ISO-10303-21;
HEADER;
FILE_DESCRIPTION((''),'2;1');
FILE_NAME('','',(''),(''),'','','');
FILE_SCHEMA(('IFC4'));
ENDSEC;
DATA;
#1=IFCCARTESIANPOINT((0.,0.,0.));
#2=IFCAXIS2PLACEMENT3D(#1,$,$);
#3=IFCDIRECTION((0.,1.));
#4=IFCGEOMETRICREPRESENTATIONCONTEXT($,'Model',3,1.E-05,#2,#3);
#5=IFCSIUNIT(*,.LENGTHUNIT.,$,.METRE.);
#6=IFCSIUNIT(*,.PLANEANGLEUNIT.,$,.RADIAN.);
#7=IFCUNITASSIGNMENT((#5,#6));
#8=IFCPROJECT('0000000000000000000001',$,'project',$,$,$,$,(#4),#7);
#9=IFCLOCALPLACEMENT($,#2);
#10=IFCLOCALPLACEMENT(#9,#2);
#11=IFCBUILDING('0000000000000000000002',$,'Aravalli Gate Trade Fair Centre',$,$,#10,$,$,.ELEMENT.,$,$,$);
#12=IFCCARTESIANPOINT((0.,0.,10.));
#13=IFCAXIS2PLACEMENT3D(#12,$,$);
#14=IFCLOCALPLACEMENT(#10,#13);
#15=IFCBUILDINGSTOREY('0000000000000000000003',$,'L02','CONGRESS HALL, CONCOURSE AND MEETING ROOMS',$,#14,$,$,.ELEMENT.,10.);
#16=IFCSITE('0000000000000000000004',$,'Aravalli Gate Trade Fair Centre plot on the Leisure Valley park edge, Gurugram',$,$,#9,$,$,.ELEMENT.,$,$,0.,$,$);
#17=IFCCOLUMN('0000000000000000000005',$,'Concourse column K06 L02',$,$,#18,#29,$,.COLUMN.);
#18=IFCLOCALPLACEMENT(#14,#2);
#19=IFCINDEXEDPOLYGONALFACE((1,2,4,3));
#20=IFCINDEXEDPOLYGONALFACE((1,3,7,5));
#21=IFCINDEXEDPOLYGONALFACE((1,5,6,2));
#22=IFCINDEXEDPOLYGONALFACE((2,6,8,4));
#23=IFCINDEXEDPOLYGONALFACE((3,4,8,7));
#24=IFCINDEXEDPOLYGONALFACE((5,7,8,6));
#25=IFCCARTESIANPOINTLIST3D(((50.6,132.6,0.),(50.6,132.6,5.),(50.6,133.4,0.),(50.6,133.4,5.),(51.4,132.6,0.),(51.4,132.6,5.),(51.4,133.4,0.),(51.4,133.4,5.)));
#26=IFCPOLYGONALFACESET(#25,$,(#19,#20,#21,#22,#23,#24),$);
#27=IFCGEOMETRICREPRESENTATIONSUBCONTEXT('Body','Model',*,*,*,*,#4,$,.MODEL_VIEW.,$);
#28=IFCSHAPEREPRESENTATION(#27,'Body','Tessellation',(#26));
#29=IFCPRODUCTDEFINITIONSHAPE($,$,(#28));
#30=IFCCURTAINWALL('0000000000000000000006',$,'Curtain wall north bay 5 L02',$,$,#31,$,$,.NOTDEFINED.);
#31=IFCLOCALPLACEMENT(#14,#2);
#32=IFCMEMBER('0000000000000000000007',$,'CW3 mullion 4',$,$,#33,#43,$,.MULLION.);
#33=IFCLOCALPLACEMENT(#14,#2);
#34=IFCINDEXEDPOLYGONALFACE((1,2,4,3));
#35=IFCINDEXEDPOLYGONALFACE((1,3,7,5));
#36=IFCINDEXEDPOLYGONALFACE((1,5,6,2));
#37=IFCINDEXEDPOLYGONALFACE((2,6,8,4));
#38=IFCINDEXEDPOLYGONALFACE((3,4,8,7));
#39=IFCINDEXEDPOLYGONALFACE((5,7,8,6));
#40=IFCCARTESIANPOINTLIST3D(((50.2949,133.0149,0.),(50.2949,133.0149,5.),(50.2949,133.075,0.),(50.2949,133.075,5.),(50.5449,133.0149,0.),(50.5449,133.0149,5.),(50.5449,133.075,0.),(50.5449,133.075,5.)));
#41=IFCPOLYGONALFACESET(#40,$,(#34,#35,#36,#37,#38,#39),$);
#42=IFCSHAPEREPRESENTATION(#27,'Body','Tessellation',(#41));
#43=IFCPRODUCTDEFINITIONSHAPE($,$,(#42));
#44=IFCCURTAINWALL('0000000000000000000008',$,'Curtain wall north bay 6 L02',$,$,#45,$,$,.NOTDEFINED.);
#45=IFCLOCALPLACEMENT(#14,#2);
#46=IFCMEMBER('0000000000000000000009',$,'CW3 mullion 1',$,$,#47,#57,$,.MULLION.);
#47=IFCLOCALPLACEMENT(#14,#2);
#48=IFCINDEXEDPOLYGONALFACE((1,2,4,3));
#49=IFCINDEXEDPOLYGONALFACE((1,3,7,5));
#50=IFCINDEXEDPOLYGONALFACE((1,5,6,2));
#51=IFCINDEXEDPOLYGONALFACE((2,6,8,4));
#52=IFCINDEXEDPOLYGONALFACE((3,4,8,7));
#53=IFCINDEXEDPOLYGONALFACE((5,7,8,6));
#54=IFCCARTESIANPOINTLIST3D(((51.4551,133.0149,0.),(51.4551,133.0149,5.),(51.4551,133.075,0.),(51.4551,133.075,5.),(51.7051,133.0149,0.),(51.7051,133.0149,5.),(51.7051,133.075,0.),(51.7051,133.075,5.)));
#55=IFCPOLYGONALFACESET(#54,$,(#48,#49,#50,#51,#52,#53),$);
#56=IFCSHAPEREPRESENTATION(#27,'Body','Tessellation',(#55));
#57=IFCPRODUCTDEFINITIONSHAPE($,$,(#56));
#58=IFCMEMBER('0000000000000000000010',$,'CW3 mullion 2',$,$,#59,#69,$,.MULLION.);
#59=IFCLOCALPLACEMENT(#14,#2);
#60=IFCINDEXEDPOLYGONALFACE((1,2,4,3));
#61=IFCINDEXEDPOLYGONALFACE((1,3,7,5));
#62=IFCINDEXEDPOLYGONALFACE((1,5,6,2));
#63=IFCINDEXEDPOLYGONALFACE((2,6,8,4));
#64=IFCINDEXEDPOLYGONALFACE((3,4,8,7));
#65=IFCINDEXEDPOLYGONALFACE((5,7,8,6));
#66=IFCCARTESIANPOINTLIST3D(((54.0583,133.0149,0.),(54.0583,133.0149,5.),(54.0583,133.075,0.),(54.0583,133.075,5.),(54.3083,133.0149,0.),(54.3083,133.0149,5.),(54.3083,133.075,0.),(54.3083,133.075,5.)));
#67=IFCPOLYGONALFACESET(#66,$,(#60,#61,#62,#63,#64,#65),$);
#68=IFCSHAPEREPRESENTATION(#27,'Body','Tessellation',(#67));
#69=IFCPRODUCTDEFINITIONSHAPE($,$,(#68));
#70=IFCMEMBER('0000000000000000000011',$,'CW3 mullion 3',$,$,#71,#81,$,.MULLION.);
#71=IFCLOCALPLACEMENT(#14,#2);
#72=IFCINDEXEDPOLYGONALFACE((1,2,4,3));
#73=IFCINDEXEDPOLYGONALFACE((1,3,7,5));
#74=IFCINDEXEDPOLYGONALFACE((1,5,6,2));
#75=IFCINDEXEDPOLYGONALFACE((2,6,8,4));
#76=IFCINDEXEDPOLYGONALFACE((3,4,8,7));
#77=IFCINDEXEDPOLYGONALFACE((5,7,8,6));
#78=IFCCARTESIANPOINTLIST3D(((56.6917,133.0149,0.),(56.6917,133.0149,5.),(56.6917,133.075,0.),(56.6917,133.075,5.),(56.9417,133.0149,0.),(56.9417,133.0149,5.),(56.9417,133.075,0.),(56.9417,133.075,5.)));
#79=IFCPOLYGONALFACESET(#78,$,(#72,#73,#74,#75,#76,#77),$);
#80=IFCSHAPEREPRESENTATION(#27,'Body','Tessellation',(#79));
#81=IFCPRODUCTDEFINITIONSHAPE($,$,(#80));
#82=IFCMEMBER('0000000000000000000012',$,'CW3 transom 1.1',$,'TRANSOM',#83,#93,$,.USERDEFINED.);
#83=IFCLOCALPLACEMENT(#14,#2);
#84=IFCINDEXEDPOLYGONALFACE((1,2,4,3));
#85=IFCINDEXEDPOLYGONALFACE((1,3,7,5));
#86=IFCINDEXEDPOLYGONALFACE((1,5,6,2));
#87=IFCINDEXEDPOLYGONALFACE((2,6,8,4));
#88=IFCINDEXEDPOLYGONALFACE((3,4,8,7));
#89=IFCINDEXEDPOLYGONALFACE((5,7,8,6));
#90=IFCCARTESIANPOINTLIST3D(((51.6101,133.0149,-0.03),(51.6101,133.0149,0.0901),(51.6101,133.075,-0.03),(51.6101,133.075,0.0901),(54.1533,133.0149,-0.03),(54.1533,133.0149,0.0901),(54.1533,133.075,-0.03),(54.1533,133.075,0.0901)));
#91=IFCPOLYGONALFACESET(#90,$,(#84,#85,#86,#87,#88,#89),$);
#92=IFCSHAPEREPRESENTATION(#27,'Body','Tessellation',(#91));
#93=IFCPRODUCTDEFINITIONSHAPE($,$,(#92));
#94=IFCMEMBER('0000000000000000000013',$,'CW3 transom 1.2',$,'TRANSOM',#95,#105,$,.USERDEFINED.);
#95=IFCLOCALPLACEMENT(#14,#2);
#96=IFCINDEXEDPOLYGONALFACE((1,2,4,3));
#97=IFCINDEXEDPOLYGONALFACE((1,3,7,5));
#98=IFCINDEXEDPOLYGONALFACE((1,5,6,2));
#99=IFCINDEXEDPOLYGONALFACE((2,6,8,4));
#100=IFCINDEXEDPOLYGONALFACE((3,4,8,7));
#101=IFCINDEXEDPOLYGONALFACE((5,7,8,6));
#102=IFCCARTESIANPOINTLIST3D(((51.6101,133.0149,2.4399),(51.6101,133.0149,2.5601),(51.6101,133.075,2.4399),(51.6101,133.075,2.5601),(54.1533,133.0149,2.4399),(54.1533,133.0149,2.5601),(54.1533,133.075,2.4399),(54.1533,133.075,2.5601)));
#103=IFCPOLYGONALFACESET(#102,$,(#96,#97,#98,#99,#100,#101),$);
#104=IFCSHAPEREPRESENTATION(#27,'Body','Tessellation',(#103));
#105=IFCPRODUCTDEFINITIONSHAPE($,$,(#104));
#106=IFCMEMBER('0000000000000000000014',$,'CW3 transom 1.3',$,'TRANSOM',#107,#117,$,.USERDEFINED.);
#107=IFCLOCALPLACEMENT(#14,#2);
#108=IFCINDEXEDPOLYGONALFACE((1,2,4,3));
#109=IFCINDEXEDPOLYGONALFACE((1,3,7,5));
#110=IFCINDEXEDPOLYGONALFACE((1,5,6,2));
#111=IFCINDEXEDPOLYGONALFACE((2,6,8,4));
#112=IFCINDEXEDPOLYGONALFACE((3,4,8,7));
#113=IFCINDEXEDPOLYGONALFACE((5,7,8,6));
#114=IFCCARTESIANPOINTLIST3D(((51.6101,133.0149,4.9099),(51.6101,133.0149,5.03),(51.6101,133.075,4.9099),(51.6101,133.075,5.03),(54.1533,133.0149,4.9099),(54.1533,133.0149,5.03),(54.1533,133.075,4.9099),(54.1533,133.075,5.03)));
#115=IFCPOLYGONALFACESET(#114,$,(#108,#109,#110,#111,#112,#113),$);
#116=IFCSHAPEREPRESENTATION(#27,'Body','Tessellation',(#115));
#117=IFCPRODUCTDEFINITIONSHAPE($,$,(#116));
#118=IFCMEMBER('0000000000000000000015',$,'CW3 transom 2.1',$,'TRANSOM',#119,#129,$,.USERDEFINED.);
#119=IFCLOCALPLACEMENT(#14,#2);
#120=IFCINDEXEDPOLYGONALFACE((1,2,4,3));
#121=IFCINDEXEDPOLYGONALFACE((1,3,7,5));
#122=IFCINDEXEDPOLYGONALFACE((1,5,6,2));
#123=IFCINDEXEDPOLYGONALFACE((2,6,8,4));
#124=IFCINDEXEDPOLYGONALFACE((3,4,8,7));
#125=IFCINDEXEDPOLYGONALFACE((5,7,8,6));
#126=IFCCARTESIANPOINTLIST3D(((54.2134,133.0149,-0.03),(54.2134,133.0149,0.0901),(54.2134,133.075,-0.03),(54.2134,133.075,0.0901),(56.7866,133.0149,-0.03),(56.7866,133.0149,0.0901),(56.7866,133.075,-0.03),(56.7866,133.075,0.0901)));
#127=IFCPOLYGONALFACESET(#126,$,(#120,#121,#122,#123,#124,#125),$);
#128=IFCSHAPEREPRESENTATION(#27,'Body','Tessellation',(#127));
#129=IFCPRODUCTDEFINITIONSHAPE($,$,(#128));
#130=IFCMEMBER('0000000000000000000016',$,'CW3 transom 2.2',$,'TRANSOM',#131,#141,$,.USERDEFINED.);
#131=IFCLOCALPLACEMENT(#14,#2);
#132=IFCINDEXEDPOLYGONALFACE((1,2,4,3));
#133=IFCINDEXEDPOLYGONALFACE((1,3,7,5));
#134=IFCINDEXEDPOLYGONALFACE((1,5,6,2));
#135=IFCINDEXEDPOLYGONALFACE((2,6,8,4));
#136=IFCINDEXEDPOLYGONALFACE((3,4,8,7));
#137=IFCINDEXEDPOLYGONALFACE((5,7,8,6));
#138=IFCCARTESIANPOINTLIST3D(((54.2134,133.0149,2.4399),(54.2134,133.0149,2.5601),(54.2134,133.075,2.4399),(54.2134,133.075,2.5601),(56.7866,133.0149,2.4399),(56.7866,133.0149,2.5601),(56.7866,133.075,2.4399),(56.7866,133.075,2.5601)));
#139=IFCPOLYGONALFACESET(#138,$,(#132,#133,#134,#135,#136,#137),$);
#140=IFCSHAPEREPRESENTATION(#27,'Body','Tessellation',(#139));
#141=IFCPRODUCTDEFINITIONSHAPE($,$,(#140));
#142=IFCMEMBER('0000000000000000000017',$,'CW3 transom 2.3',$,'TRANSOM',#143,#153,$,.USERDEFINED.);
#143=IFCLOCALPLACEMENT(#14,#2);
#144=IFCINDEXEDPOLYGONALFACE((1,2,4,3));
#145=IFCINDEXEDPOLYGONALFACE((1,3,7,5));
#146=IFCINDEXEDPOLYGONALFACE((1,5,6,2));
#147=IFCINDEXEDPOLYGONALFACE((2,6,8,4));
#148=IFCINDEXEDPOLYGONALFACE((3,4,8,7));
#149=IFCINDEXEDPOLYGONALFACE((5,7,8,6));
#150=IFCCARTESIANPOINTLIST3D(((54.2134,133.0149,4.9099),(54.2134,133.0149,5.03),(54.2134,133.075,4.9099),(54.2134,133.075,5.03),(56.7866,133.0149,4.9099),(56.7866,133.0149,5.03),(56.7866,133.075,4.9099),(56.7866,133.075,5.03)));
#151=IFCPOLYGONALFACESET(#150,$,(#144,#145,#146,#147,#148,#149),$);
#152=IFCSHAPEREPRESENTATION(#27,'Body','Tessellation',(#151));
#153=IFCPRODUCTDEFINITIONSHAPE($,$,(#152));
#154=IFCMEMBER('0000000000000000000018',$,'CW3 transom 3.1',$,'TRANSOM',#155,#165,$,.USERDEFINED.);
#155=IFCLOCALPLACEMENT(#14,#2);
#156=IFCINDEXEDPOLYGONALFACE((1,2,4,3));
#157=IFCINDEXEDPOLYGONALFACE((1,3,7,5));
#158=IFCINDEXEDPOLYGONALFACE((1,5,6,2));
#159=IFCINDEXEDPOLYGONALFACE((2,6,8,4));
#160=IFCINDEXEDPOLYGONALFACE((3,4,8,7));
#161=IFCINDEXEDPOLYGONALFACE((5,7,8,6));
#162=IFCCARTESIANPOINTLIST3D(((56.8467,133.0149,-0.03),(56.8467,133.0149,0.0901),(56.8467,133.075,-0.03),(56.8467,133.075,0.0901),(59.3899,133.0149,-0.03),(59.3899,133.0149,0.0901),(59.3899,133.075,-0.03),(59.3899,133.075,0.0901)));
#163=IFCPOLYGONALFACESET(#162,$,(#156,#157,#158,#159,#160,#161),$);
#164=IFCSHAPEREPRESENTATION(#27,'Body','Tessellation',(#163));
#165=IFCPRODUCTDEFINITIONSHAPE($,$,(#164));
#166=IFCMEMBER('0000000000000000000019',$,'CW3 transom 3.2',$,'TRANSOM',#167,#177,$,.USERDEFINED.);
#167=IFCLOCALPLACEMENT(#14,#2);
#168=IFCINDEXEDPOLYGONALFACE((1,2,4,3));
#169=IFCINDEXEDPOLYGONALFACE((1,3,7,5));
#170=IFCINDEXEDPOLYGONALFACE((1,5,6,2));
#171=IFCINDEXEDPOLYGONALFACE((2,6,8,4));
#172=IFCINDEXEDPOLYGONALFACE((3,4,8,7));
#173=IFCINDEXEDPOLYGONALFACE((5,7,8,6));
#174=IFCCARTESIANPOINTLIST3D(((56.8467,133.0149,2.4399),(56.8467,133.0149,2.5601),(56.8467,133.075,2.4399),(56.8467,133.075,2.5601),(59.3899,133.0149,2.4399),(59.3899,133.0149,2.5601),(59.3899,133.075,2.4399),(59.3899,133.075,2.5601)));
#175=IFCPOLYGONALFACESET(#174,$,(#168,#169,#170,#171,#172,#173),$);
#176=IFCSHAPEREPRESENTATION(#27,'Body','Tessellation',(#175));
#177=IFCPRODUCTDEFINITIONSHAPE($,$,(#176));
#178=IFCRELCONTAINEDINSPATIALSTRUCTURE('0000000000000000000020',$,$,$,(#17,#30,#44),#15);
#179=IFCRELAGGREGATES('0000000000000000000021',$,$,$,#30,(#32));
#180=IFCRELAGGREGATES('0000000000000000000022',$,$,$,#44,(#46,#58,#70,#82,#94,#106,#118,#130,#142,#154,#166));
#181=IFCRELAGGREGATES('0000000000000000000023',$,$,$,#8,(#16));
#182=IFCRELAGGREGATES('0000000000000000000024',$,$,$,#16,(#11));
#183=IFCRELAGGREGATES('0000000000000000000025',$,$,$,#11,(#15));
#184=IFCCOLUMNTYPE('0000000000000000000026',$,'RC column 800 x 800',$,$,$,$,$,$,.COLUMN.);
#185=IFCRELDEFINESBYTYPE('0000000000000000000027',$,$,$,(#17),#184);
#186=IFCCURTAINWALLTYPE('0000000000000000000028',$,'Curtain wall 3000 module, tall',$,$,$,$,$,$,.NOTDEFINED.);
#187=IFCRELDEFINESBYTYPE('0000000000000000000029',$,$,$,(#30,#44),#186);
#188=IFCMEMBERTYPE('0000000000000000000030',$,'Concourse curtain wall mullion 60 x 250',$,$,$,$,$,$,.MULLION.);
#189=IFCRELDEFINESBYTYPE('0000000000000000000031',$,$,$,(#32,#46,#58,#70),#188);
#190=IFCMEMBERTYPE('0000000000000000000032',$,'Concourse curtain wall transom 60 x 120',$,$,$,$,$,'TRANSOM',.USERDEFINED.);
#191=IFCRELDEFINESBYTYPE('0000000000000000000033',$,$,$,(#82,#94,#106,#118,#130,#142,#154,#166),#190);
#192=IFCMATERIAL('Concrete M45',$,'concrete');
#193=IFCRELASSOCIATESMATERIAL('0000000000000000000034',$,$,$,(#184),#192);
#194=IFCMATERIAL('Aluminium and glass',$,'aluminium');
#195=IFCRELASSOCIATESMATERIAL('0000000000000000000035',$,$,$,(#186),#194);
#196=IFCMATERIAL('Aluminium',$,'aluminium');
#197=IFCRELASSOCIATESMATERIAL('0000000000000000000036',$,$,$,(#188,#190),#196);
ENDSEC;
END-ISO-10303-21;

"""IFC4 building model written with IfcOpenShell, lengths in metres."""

from ifc_helpers import new_model, si_unit, direction, frame, origin, origin_2d, place, context, subcontext, project, spatial, rectangle, extrude, material, material_profile, profile_set, type_object, element, aggregate, save


model = new_model("IFC4")

# Units and contexts
model_context = context("Model", 3, precision=1e-05, world=origin(), true_north=direction((0.0, 1.0)))
body_context = subcontext(model_context, "Body", "Model", "MODEL_VIEW")
ifc_project = project(units=[si_unit("LENGTHUNIT", "METRE"), si_unit("PLANEANGLEUNIT", "RADIAN")], contexts=[model_context])

# Site, building, storey
site_placement = place(None, origin())
site = spatial("IfcSite", under=ifc_project, at=site_placement, Name="Aravalli Gate Trade Fair Centre plot on the Leisure Valley park edge, Gurugram", CompositionType="ELEMENT", RefElevation=0.0)
building_placement = place(site_placement, origin())
building = spatial("IfcBuilding", under=site, at=building_placement, Name="Aravalli Gate Trade Fair Centre", CompositionType="ELEMENT")
storey_placement = place(building_placement, frame((0.0, 0.0, 10.0)))
storey = spatial("IfcBuildingStorey", under=building, at=storey_placement, Name="L02", Description="CONGRESS HALL, CONCOURSE AND MEETING ROOMS", CompositionType="ELEMENT", Elevation=10.0)

# Column
ifc_material_1 = material(Name="Concrete M45", Category="concrete")
ifc_material_profile_1 = material_profile(ifc_material_1, rectangle(XDim=0.8, YDim=0.8, at=origin_2d()), Name="RC column 800 x 800")
ifc_profile_set_1 = profile_set([ifc_material_profile_1], Name="Concrete M45")
column_type = type_object("IfcColumnType", Name="RC column 800 x 800", PredefinedType="COLUMN", material=ifc_profile_set_1)
column_placement = place(storey_placement, frame((51.0, 133.0, 0.0), z_axis=(0.0, 0.0, 1.0), x_axis=(1.0, 0.0, 0.0)))
element("IfcColumn", 1, at=column_placement, inside=storey, type_object=column_type, Name="Concourse column K06 L02", PredefinedType="COLUMN", context=body_context, shape_type="SweptSolid", body=[
    extrude(rectangle(XDim=0.8, YDim=0.8, at=origin_2d()), origin(), (0.0, 0.0, 1.0), 5.0),
])

# Curtain wall, member
ifc_material_2 = material(Name="Aluminium and glass", Category="aluminium")
curtain_wall_type = type_object("IfcCurtainWallType", Name="Curtain wall 3000 module, tall", PredefinedType="NOTDEFINED", material=ifc_material_2)
curtain_wall_1_placement = place(storey_placement, origin())
curtain_wall_1 = element("IfcCurtainWall", 2, at=curtain_wall_1_placement, inside=storey, type_object=curtain_wall_type, Name="Curtain wall north bay 5 L02", PredefinedType="NOTDEFINED")
ifc_material_3 = material(Name="Aluminium", Category="aluminium")
ifc_material_profile_2 = material_profile(ifc_material_3, rectangle(XDim=0.0601, YDim=0.25, at=origin_2d()), Name="Concourse curtain wall mullion 60 x 250")
ifc_profile_set_2 = profile_set([ifc_material_profile_2], Name="Aluminium")
member_type_1 = type_object("IfcMemberType", Name="Concourse curtain wall mullion 60 x 250", PredefinedType="MULLION", material=ifc_profile_set_2)
member_1_placement = place(storey_placement, frame((50.4199, 133.0449, 0.0), z_axis=(0.0, 0.0, 1.0), x_axis=(0.0, 1.0, 0.0)))
member_1 = element("IfcMember", 3, at=member_1_placement, type_object=member_type_1, Name="CW3 mullion 4", PredefinedType="MULLION", context=body_context, shape_type="SweptSolid", body=[
    extrude(rectangle(XDim=0.0601, YDim=0.25, at=origin_2d()), origin(), (0.0, 0.0, 1.0), 5.0),
])
aggregate(curtain_wall_1, [member_1])

# Curtain wall, members
curtain_wall_2_placement = place(storey_placement, origin())
curtain_wall_2 = element("IfcCurtainWall", 4, at=curtain_wall_2_placement, inside=storey, type_object=curtain_wall_type, Name="Curtain wall north bay 6 L02", PredefinedType="NOTDEFINED")
member_2_placement = place(storey_placement, frame((51.5801, 133.0449, 0.0), z_axis=(0.0, 0.0, 1.0), x_axis=(0.0, 1.0, 0.0)))
member_2 = element("IfcMember", 5, at=member_2_placement, type_object=member_type_1, Name="CW3 mullion 1", PredefinedType="MULLION", context=body_context, shape_type="SweptSolid", body=[
    extrude(rectangle(XDim=0.0601, YDim=0.25, at=origin_2d()), origin(), (0.0, 0.0, 1.0), 5.0),
])
member_3_placement = place(storey_placement, frame((54.1833, 133.0449, 0.0), z_axis=(0.0, 0.0, 1.0), x_axis=(0.0, 1.0, 0.0)))
member_3 = element("IfcMember", 6, at=member_3_placement, type_object=member_type_1, Name="CW3 mullion 2", PredefinedType="MULLION", context=body_context, shape_type="SweptSolid", body=[
    extrude(rectangle(XDim=0.0601, YDim=0.25, at=origin_2d()), origin(), (0.0, 0.0, 1.0), 5.0),
])
member_4_placement = place(storey_placement, frame((56.8167, 133.0449, 0.0), z_axis=(0.0, 0.0, 1.0), x_axis=(0.0, 1.0, 0.0)))
member_4 = element("IfcMember", 7, at=member_4_placement, type_object=member_type_1, Name="CW3 mullion 3", PredefinedType="MULLION", context=body_context, shape_type="SweptSolid", body=[
    extrude(rectangle(XDim=0.0601, YDim=0.25, at=origin_2d()), origin(), (0.0, 0.0, 1.0), 5.0),
])
ifc_material_profile_3 = material_profile(ifc_material_3, rectangle(XDim=0.0601, YDim=0.1201, at=origin_2d()), Name="Concourse curtain wall transom 60 x 120")
ifc_profile_set_3 = profile_set([ifc_material_profile_3], Name="Aluminium")
member_type_2 = type_object("IfcMemberType", Name="Concourse curtain wall transom 60 x 120", ElementType="TRANSOM", PredefinedType="USERDEFINED", material=ifc_profile_set_3)
member_5_placement = place(storey_placement, frame((51.6101, 133.0449, 0.03), z_axis=(1.0, 0.0, 0.0), x_axis=(0.0, 1.0, 0.0)))
member_5 = element("IfcMember", 8, at=member_5_placement, type_object=member_type_2, Name="CW3 transom 1.1", ObjectType="TRANSOM", PredefinedType="USERDEFINED", context=body_context, shape_type="SweptSolid", body=[
    extrude(rectangle(XDim=0.0601, YDim=0.1201, at=origin_2d()), origin(), (0.0, 0.0, 1.0), 2.5432),
])
member_6_placement = place(storey_placement, frame((51.6101, 133.0449, 2.5), z_axis=(1.0, 0.0, 0.0), x_axis=(0.0, 1.0, 0.0)))
member_6 = element("IfcMember", 9, at=member_6_placement, type_object=member_type_2, Name="CW3 transom 1.2", ObjectType="TRANSOM", PredefinedType="USERDEFINED", context=body_context, shape_type="SweptSolid", body=[
    extrude(rectangle(XDim=0.0601, YDim=0.1201, at=origin_2d()), origin(), (0.0, 0.0, 1.0), 2.5432),
])
member_7_placement = place(storey_placement, frame((51.6101, 133.0449, 4.97), z_axis=(1.0, 0.0, 0.0), x_axis=(0.0, 1.0, 0.0)))
member_7 = element("IfcMember", 10, at=member_7_placement, type_object=member_type_2, Name="CW3 transom 1.3", ObjectType="TRANSOM", PredefinedType="USERDEFINED", context=body_context, shape_type="SweptSolid", body=[
    extrude(rectangle(XDim=0.0601, YDim=0.1201, at=origin_2d()), origin(), (0.0, 0.0, 1.0), 2.5432),
])
member_8_placement = place(storey_placement, frame((54.2134, 133.0449, 0.03), z_axis=(1.0, 0.0, 0.0), x_axis=(0.0, 1.0, 0.0)))
member_8 = element("IfcMember", 11, at=member_8_placement, type_object=member_type_2, Name="CW3 transom 2.1", ObjectType="TRANSOM", PredefinedType="USERDEFINED", context=body_context, shape_type="SweptSolid", body=[
    extrude(rectangle(XDim=0.0601, YDim=0.1201, at=origin_2d()), origin(), (0.0, 0.0, 1.0), 2.5732),
])
member_9_placement = place(storey_placement, frame((54.2134, 133.0449, 2.5), z_axis=(1.0, 0.0, 0.0), x_axis=(0.0, 1.0, 0.0)))
member_9 = element("IfcMember", 12, at=member_9_placement, type_object=member_type_2, Name="CW3 transom 2.2", ObjectType="TRANSOM", PredefinedType="USERDEFINED", context=body_context, shape_type="SweptSolid", body=[
    extrude(rectangle(XDim=0.0601, YDim=0.1201, at=origin_2d()), origin(), (0.0, 0.0, 1.0), 2.5732),
])
member_10_placement = place(storey_placement, frame((54.2134, 133.0449, 4.97), z_axis=(1.0, 0.0, 0.0), x_axis=(0.0, 1.0, 0.0)))
member_10 = element("IfcMember", 13, at=member_10_placement, type_object=member_type_2, Name="CW3 transom 2.3", ObjectType="TRANSOM", PredefinedType="USERDEFINED", context=body_context, shape_type="SweptSolid", body=[
    extrude(rectangle(XDim=0.0601, YDim=0.1201, at=origin_2d()), origin(), (0.0, 0.0, 1.0), 2.5732),
])
member_11_placement = place(storey_placement, frame((56.8467, 133.0449, 0.03), z_axis=(1.0, 0.0, 0.0), x_axis=(0.0, 1.0, 0.0)))
member_11 = element("IfcMember", 14, at=member_11_placement, type_object=member_type_2, Name="CW3 transom 3.1", ObjectType="TRANSOM", PredefinedType="USERDEFINED", context=body_context, shape_type="SweptSolid", body=[
    extrude(rectangle(XDim=0.0601, YDim=0.1201, at=origin_2d()), origin(), (0.0, 0.0, 1.0), 2.5432),
])
member_12_placement = place(storey_placement, frame((56.8467, 133.0449, 2.5), z_axis=(1.0, 0.0, 0.0), x_axis=(0.0, 1.0, 0.0)))
member_12 = element("IfcMember", 15, at=member_12_placement, type_object=member_type_2, Name="CW3 transom 3.2", ObjectType="TRANSOM", PredefinedType="USERDEFINED", context=body_context, shape_type="SweptSolid", body=[
    extrude(rectangle(XDim=0.0601, YDim=0.1201, at=origin_2d()), origin(), (0.0, 0.0, 1.0), 2.5432),
])

aggregate(curtain_wall_2, [member_2, member_3, member_4, member_5, member_6, member_7, member_8, member_9, member_10, member_11, member_12])

save(model, "model.ifc")
